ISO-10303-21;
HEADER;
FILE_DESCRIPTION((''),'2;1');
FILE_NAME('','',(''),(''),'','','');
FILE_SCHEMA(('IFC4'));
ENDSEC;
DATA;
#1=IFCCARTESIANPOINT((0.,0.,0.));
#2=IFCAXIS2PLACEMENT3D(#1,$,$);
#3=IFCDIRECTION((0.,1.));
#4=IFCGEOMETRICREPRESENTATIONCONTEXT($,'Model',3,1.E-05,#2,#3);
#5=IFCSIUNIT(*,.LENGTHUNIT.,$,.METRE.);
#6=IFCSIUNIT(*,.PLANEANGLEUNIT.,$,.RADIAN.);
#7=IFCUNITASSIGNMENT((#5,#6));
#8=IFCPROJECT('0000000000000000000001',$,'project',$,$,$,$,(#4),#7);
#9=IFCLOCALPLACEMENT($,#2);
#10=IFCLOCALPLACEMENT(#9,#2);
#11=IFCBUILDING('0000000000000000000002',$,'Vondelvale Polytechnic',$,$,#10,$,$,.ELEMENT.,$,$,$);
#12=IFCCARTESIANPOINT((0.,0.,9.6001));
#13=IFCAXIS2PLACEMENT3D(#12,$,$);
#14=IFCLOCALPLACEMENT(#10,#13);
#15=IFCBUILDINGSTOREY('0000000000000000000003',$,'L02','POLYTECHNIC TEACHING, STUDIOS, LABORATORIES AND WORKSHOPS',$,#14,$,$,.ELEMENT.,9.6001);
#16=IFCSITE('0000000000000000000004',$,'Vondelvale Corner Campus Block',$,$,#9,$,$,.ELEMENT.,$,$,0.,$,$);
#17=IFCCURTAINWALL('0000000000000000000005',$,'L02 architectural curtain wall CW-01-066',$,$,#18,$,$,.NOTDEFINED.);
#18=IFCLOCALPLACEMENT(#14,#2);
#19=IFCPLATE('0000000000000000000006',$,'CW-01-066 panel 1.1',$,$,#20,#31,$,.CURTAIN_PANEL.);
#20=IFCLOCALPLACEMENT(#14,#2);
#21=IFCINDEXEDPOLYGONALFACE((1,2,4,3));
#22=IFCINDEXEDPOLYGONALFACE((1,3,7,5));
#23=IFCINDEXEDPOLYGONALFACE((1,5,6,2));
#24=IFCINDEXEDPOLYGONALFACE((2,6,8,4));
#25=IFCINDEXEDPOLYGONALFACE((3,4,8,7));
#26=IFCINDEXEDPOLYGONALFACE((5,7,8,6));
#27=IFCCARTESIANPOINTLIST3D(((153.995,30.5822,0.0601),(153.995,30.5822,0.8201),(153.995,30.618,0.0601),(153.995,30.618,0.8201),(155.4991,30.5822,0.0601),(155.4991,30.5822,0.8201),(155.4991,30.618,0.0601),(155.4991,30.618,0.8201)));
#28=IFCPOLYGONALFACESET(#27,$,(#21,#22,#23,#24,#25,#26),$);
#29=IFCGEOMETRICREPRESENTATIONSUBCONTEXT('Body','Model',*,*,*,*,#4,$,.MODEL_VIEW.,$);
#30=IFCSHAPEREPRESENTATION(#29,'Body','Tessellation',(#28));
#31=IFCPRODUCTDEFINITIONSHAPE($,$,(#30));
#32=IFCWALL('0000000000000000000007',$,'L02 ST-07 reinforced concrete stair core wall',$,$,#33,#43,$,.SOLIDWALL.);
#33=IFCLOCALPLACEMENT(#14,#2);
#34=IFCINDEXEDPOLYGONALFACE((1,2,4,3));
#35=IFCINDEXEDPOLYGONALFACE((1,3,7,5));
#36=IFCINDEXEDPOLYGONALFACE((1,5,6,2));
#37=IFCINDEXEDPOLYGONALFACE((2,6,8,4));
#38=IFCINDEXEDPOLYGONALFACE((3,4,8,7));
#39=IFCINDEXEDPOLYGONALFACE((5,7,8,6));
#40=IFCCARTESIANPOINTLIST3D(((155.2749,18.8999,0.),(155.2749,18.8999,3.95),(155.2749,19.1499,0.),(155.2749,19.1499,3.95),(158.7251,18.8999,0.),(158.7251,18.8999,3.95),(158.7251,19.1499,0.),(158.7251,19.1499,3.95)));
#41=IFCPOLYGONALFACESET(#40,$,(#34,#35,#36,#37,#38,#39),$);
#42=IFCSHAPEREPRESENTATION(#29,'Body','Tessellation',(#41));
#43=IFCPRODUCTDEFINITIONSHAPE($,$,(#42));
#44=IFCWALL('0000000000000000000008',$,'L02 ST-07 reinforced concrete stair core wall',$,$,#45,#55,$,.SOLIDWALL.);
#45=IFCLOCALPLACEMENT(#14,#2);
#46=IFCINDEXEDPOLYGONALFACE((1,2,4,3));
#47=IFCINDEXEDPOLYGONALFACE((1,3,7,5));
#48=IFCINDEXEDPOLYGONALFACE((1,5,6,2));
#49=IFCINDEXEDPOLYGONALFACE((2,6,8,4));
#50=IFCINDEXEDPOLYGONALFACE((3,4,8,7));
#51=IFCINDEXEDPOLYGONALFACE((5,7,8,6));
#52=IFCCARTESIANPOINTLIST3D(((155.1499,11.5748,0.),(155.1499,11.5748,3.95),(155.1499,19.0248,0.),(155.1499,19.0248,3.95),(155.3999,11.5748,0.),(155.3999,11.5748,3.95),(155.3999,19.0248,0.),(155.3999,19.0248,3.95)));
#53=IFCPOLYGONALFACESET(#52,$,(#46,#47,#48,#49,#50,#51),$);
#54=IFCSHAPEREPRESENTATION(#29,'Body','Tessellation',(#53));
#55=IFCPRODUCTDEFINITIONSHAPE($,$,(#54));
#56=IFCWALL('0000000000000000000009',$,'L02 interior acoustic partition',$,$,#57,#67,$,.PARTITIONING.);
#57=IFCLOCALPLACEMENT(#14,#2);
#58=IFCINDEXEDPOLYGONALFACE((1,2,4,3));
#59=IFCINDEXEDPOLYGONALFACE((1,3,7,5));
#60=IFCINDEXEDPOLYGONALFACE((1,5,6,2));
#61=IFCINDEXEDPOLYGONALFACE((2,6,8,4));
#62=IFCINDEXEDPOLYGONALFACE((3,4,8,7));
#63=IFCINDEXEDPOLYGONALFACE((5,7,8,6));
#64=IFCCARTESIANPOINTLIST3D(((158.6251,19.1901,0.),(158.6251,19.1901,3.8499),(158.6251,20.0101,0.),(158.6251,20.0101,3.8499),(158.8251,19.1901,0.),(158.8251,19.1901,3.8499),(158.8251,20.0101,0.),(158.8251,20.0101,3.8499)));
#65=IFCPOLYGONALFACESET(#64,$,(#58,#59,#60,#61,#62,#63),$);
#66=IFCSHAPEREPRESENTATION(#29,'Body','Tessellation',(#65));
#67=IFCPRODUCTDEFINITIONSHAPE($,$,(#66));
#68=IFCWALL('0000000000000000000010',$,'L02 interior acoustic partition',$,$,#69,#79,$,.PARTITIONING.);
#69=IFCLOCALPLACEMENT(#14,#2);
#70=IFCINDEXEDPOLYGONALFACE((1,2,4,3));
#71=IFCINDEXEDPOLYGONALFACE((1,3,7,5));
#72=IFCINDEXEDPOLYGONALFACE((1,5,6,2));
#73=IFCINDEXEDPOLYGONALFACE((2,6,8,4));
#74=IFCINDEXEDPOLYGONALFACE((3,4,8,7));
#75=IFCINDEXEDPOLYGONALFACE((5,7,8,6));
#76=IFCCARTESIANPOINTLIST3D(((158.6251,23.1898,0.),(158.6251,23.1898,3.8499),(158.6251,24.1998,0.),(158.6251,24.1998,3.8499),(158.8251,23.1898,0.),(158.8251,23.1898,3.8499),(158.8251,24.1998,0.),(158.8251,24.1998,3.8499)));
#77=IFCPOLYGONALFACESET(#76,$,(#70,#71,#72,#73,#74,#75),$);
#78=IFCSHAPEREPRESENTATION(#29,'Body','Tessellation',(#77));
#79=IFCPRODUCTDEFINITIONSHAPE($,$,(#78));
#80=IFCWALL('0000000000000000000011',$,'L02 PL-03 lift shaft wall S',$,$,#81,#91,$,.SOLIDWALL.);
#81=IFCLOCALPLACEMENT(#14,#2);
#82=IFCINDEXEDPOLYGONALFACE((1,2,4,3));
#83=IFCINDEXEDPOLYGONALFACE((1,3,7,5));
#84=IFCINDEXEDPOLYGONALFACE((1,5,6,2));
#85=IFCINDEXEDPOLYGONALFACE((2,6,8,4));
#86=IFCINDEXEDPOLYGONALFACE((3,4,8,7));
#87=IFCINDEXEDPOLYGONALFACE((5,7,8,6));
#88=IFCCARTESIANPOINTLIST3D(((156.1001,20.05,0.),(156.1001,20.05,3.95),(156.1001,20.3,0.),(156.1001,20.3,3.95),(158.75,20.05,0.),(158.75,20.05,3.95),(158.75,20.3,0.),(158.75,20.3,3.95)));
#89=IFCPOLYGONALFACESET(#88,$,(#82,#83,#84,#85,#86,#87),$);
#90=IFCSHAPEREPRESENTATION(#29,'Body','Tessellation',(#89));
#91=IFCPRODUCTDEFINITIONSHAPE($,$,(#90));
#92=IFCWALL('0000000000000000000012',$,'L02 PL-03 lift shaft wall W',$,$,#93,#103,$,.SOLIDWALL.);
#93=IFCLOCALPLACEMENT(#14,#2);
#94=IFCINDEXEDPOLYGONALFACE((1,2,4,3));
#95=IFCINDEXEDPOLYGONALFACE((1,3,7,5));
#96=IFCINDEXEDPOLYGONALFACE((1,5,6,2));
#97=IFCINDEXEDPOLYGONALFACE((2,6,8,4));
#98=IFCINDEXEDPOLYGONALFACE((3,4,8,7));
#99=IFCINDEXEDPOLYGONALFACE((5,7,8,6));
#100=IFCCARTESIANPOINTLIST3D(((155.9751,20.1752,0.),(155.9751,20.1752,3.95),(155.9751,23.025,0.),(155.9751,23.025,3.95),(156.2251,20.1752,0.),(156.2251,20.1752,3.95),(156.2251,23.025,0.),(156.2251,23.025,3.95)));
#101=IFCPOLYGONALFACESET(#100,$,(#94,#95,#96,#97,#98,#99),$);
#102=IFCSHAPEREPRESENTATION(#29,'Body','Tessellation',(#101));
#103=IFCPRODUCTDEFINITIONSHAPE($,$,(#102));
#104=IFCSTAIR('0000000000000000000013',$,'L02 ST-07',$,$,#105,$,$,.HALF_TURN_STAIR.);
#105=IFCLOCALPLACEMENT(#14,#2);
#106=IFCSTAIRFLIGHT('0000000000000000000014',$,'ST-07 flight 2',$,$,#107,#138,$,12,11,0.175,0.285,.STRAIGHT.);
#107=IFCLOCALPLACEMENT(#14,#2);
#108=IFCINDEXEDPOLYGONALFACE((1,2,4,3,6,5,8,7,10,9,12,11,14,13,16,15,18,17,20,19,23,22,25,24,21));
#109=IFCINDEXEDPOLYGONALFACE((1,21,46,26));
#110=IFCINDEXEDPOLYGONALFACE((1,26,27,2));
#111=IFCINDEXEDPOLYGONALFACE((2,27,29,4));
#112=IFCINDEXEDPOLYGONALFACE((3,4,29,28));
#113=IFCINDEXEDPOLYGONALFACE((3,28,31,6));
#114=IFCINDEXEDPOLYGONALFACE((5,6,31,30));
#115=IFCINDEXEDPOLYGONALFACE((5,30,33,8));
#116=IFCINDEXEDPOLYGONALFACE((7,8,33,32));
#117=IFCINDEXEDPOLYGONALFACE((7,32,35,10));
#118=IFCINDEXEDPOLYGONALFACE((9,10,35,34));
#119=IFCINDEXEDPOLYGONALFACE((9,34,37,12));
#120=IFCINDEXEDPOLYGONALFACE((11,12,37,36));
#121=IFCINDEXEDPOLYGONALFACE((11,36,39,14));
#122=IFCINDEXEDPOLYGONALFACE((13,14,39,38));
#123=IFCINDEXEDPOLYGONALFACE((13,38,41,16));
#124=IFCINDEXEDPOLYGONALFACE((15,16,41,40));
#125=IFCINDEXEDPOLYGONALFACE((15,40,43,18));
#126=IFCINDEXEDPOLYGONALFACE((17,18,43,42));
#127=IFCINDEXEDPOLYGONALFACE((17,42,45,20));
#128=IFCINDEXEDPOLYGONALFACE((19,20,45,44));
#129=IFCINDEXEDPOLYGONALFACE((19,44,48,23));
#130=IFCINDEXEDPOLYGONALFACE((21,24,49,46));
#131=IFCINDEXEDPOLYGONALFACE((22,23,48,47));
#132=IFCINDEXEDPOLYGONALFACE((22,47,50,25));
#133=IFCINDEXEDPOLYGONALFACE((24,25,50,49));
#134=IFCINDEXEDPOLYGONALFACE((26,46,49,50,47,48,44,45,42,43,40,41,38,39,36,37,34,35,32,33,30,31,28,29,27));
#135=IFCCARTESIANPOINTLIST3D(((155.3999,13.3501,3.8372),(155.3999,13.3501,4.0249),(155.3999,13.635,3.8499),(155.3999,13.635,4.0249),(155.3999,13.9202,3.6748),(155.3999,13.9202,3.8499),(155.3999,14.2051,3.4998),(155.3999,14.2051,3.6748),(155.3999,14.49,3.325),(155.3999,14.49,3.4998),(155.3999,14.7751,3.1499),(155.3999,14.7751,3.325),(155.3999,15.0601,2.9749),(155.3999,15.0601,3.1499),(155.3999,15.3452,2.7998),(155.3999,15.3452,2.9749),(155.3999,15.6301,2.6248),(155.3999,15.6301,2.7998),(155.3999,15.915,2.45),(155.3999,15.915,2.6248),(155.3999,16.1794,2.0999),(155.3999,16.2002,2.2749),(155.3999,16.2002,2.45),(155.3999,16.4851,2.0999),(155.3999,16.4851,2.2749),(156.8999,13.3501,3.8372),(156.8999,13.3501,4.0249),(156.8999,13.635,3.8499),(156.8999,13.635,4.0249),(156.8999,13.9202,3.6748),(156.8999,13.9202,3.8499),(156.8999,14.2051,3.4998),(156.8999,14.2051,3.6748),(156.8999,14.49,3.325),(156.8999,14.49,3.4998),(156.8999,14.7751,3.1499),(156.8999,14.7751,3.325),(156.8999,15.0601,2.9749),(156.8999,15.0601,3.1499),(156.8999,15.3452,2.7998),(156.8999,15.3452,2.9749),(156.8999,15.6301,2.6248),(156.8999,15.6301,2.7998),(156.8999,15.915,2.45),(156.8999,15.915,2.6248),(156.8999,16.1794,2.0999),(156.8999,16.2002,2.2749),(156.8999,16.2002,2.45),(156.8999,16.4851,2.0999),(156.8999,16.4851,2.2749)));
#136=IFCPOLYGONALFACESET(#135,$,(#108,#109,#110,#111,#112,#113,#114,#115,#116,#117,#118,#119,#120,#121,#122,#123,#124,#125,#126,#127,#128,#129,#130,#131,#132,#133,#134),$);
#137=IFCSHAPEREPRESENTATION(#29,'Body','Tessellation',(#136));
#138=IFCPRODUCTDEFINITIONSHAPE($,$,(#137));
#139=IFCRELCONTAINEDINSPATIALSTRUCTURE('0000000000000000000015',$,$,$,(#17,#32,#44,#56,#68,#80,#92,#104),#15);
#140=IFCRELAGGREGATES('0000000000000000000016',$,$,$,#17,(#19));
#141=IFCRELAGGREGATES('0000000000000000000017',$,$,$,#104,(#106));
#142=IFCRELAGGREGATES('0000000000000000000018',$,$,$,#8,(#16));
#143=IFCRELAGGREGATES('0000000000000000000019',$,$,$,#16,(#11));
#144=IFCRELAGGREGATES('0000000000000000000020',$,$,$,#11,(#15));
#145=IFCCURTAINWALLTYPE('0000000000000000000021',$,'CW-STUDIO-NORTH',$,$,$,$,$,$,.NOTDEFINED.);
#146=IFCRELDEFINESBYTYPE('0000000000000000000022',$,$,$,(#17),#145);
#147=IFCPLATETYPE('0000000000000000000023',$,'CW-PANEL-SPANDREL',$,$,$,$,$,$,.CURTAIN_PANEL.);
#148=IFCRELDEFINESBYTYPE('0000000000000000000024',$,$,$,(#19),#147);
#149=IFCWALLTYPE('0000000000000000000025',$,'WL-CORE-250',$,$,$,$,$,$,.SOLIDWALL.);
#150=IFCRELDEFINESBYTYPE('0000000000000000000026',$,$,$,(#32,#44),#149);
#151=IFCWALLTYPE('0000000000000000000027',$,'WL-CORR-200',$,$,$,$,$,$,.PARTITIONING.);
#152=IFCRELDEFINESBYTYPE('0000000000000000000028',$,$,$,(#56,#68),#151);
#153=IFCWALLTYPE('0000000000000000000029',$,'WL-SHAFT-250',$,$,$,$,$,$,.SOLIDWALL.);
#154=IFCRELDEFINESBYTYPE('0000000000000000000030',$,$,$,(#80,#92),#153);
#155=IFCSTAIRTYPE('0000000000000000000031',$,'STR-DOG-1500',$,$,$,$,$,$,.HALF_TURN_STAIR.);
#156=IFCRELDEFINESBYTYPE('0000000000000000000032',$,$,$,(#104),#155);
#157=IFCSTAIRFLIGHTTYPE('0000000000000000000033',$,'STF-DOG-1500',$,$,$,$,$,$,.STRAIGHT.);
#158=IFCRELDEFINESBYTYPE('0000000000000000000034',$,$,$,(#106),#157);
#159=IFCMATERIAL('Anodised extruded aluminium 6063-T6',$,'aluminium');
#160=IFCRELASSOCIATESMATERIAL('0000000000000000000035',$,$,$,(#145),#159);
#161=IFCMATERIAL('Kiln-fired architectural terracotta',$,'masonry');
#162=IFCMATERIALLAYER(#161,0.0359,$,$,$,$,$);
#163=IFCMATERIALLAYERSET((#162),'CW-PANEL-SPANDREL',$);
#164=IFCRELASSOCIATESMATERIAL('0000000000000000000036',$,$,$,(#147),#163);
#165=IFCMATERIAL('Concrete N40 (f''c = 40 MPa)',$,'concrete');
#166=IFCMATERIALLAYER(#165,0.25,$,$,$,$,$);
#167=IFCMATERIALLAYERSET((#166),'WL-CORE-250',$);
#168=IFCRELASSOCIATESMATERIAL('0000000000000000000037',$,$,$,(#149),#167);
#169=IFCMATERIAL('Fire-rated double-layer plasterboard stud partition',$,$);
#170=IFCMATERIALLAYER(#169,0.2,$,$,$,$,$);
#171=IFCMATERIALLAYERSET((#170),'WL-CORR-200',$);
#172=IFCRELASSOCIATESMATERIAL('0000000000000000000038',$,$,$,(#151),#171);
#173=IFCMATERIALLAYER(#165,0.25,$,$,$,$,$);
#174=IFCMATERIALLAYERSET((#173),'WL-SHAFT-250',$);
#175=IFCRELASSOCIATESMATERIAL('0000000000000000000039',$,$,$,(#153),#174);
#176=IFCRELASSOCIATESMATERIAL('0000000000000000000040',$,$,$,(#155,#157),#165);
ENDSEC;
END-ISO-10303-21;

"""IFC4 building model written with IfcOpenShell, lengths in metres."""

from ifc_helpers import new_model, si_unit, direction, frame, frame_2d, origin, origin_2d, place, context, subcontext, project, spatial, polyline, rectangle, outline, extrude, material, layer, layer_set, type_object, element, aggregate, save


model = new_model("IFC4")

# Units and contexts
model_context = context("Model", 3, precision=1e-05, world=origin(), true_north=direction((0.0, 1.0)))
body_context = subcontext(model_context, "Body", "Model", "MODEL_VIEW")
ifc_project = project(units=[si_unit("LENGTHUNIT", "METRE"), si_unit("PLANEANGLEUNIT", "RADIAN")], contexts=[model_context])

# Site, building, storey
site_placement = place(None, origin())
site = spatial("IfcSite", under=ifc_project, at=site_placement, Name="Vondelvale Corner Campus Block", CompositionType="ELEMENT", RefElevation=0.0)
building_placement = place(site_placement, origin())
building = spatial("IfcBuilding", under=site, at=building_placement, Name="Vondelvale Polytechnic", CompositionType="ELEMENT")
storey_placement = place(building_placement, frame((0.0, 0.0, 9.6001)))
storey = spatial("IfcBuildingStorey", under=building, at=storey_placement, Name="L02", Description="POLYTECHNIC TEACHING, STUDIOS, LABORATORIES AND WORKSHOPS", CompositionType="ELEMENT", Elevation=9.6001)

# Shared definitions
ifc_material_1 = material(Name="Concrete N40 (f'c = 40 MPa)", Category="concrete")

# Shared definitions
ifc_material_2 = material(Name="Anodised extruded aluminium 6063-T6", Category="aluminium")
curtain_wall_type = type_object("IfcCurtainWallType", Name="CW-STUDIO-NORTH", PredefinedType="NOTDEFINED", material=ifc_material_2)

# Curtain wall
curtain_wall_1_placement = place(storey_placement, origin())
curtain_wall_1 = element("IfcCurtainWall", 1, at=curtain_wall_1_placement, inside=storey, type_object=curtain_wall_type, Name="L02 architectural curtain wall CW-01-066", PredefinedType="NOTDEFINED")

# Plate
ifc_material_3 = material(Name="Kiln-fired architectural terracotta", Category="masonry")
ifc_layer_1 = layer(ifc_material_3, 0.0359)
ifc_layer_set_1 = layer_set([ifc_layer_1], Name="CW-PANEL-SPANDREL")
plate_type = type_object("IfcPlateType", Name="CW-PANEL-SPANDREL", PredefinedType="CURTAIN_PANEL", material=ifc_layer_set_1)
plate_placement = place(storey_placement, frame((154.7471, 30.6001, 0.0601), z_axis=(0.0, 0.0, 1.0), x_axis=(1.0, 0.0, 0.0)))
plate = element("IfcPlate", 2, at=plate_placement, type_object=plate_type, Name="CW-01-066 panel 1.1", PredefinedType="CURTAIN_PANEL", context=body_context, shape_type="SweptSolid", body=[
    extrude(rectangle(XDim=1.5042, YDim=0.0359, at=origin_2d()), origin(), (0.0, 0.0, 1.0), 0.76),
])
aggregate(curtain_wall_1, [plate])

# Walls
ifc_layer_2 = layer(ifc_material_1, 0.25)
ifc_layer_set_2 = layer_set([ifc_layer_2], Name="WL-CORE-250")
wall_type_1 = type_object("IfcWallType", Name="WL-CORE-250", PredefinedType="SOLIDWALL", material=ifc_layer_set_2)
wall_1_placement = place(storey_placement, frame((158.7251, 19.0249, 0.0), z_axis=(0.0, 0.0, 1.0), x_axis=(-1.0, 0.0, 0.0)))
element("IfcWall", 3, at=wall_1_placement, inside=storey, type_object=wall_type_1, Name="L02 ST-07 reinforced concrete stair core wall", PredefinedType="SOLIDWALL", context=body_context, shape_type="SweptSolid", body=[
    extrude(rectangle(XDim=3.4502, YDim=0.25, at=frame_2d((1.7251, 0.0))), origin(), (0.0, 0.0, 1.0), 3.95),
])
wall_2_placement = place(storey_placement, frame((155.2749, 19.0249, 0.0), z_axis=(0.0, 0.0, 1.0), x_axis=(0.0, -1.0, 0.0)))
element("IfcWall", 4, at=wall_2_placement, inside=storey, type_object=wall_type_1, Name="L02 ST-07 reinforced concrete stair core wall", PredefinedType="SOLIDWALL", context=body_context, shape_type="SweptSolid", body=[
    extrude(rectangle(XDim=7.45, YDim=0.25, at=frame_2d((3.7251, 0.0))), origin(), (0.0, 0.0, 1.0), 3.95),
])
ifc_material_4 = material(Name="Fire-rated double-layer plasterboard stud partition")
ifc_layer_3 = layer(ifc_material_4, 0.2)
ifc_layer_set_3 = layer_set([ifc_layer_3], Name="WL-CORR-200")
wall_type_2 = type_object("IfcWallType", Name="WL-CORR-200", PredefinedType="PARTITIONING", material=ifc_layer_set_3)
wall_3_placement = place(storey_placement, frame((158.7251, 19.1899, 0.0), z_axis=(0.0, 0.0, 1.0), x_axis=(0.0, 1.0, 0.0)))
element("IfcWall", 5, at=wall_3_placement, inside=storey, type_object=wall_type_2, Name="L02 interior acoustic partition", PredefinedType="PARTITIONING", context=body_context, shape_type="SweptSolid", body=[
    extrude(rectangle(XDim=0.8201, YDim=0.2, at=frame_2d((0.4102, 0.0))), origin(), (0.0, 0.0, 1.0), 3.8499),
])
wall_4_placement = place(storey_placement, frame((158.7251, 23.1899, 0.0), z_axis=(0.0, 0.0, 1.0), x_axis=(0.0, 1.0, 0.0)))
element("IfcWall", 6, at=wall_4_placement, inside=storey, type_object=wall_type_2, Name="L02 interior acoustic partition", PredefinedType="PARTITIONING", context=body_context, shape_type="SweptSolid", body=[
    extrude(rectangle(XDim=1.01, YDim=0.2, at=frame_2d((0.5049, 0.0))), origin(), (0.0, 0.0, 1.0), 3.8499),
])
ifc_layer_4 = layer(ifc_material_1, 0.25)
ifc_layer_set_4 = layer_set([ifc_layer_4], Name="WL-SHAFT-250")
wall_type_3 = type_object("IfcWallType", Name="WL-SHAFT-250", PredefinedType="SOLIDWALL", material=ifc_layer_set_4)
wall_5_placement = place(storey_placement, frame((156.1001, 20.175, 0.0), z_axis=(0.0, 0.0, 1.0), x_axis=(1.0, 0.0, 0.0)))
element("IfcWall", 7, at=wall_5_placement, inside=storey, type_object=wall_type_3, Name="L02 PL-03 lift shaft wall S", PredefinedType="SOLIDWALL", context=body_context, shape_type="SweptSolid", body=[
    extrude(rectangle(XDim=2.6499, YDim=0.25, at=frame_2d((1.325, 0.0))), origin(), (0.0, 0.0, 1.0), 3.95),
])
wall_6_placement = place(storey_placement, frame((156.1001, 23.0249, 0.0), z_axis=(0.0, 0.0, 1.0), x_axis=(0.0, -1.0, 0.0)))
element("IfcWall", 8, at=wall_6_placement, inside=storey, type_object=wall_type_3, Name="L02 PL-03 lift shaft wall W", PredefinedType="SOLIDWALL", context=body_context, shape_type="SweptSolid", body=[
    extrude(rectangle(XDim=2.8499, YDim=0.25, at=frame_2d((1.4248, 0.0))), origin(), (0.0, 0.0, 1.0), 3.95),
])

# Stair, stair flight
stair_type = type_object("IfcStairType", Name="STR-DOG-1500", PredefinedType="HALF_TURN_STAIR", material=ifc_material_1)
stair_placement = place(storey_placement, origin())
stair = element("IfcStair", 9, at=stair_placement, inside=storey, type_object=stair_type, Name="L02 ST-07", PredefinedType="HALF_TURN_STAIR")
stair_flight_type = type_object("IfcStairFlightType", Name="STF-DOG-1500", PredefinedType="STRAIGHT", material=ifc_material_1)
stair_flight_placement = place(storey_placement, frame((156.1499, 16.4851, 2.0999), z_axis=(0.0, 0.0, 1.0), x_axis=(0.0, -1.0, 0.0)))
stair_flight = element("IfcStairFlight", 10, at=stair_flight_placement, type_object=stair_flight_type, Name="ST-07 flight 2", NumberOfRisers=12, NumberOfTreads=11, PredefinedType="STRAIGHT", RiserHeight=0.175, TreadLength=0.285, context=body_context, shape_type="SweptSolid", body=[
    extrude(outline(polyline([(0.0, 0.0), (0.0, 0.175), (0.2849, 0.175), (0.2849, 0.3501), (0.5701, 0.3501), (0.5701, 0.5249), (0.855, 0.5249), (0.855, 0.7), (1.1399, 0.7), (1.1399, 0.875), (1.425, 0.875), (1.425, 1.05), (1.71, 1.05), (1.71, 1.2251), (1.9951, 1.2251), (1.9951, 1.3999), (2.28, 1.3999), (2.28, 1.575), (2.5649, 1.575), (2.5649, 1.75), (2.8501, 1.75), (2.8501, 1.925), (3.135, 1.925), (3.135, 2.1001), (3.135, 1.7373), (0.3057, 0.0), (0.0, 0.0)])), frame((0.0, 0.75, 0.0), z_axis=(0.0, -1.0, 0.0), x_axis=(1.0, 0.0, 0.0)), (0.0, 0.0, 1.0), 1.5),
])
aggregate(stair, [stair_flight])

save(model, "model.ifc")
